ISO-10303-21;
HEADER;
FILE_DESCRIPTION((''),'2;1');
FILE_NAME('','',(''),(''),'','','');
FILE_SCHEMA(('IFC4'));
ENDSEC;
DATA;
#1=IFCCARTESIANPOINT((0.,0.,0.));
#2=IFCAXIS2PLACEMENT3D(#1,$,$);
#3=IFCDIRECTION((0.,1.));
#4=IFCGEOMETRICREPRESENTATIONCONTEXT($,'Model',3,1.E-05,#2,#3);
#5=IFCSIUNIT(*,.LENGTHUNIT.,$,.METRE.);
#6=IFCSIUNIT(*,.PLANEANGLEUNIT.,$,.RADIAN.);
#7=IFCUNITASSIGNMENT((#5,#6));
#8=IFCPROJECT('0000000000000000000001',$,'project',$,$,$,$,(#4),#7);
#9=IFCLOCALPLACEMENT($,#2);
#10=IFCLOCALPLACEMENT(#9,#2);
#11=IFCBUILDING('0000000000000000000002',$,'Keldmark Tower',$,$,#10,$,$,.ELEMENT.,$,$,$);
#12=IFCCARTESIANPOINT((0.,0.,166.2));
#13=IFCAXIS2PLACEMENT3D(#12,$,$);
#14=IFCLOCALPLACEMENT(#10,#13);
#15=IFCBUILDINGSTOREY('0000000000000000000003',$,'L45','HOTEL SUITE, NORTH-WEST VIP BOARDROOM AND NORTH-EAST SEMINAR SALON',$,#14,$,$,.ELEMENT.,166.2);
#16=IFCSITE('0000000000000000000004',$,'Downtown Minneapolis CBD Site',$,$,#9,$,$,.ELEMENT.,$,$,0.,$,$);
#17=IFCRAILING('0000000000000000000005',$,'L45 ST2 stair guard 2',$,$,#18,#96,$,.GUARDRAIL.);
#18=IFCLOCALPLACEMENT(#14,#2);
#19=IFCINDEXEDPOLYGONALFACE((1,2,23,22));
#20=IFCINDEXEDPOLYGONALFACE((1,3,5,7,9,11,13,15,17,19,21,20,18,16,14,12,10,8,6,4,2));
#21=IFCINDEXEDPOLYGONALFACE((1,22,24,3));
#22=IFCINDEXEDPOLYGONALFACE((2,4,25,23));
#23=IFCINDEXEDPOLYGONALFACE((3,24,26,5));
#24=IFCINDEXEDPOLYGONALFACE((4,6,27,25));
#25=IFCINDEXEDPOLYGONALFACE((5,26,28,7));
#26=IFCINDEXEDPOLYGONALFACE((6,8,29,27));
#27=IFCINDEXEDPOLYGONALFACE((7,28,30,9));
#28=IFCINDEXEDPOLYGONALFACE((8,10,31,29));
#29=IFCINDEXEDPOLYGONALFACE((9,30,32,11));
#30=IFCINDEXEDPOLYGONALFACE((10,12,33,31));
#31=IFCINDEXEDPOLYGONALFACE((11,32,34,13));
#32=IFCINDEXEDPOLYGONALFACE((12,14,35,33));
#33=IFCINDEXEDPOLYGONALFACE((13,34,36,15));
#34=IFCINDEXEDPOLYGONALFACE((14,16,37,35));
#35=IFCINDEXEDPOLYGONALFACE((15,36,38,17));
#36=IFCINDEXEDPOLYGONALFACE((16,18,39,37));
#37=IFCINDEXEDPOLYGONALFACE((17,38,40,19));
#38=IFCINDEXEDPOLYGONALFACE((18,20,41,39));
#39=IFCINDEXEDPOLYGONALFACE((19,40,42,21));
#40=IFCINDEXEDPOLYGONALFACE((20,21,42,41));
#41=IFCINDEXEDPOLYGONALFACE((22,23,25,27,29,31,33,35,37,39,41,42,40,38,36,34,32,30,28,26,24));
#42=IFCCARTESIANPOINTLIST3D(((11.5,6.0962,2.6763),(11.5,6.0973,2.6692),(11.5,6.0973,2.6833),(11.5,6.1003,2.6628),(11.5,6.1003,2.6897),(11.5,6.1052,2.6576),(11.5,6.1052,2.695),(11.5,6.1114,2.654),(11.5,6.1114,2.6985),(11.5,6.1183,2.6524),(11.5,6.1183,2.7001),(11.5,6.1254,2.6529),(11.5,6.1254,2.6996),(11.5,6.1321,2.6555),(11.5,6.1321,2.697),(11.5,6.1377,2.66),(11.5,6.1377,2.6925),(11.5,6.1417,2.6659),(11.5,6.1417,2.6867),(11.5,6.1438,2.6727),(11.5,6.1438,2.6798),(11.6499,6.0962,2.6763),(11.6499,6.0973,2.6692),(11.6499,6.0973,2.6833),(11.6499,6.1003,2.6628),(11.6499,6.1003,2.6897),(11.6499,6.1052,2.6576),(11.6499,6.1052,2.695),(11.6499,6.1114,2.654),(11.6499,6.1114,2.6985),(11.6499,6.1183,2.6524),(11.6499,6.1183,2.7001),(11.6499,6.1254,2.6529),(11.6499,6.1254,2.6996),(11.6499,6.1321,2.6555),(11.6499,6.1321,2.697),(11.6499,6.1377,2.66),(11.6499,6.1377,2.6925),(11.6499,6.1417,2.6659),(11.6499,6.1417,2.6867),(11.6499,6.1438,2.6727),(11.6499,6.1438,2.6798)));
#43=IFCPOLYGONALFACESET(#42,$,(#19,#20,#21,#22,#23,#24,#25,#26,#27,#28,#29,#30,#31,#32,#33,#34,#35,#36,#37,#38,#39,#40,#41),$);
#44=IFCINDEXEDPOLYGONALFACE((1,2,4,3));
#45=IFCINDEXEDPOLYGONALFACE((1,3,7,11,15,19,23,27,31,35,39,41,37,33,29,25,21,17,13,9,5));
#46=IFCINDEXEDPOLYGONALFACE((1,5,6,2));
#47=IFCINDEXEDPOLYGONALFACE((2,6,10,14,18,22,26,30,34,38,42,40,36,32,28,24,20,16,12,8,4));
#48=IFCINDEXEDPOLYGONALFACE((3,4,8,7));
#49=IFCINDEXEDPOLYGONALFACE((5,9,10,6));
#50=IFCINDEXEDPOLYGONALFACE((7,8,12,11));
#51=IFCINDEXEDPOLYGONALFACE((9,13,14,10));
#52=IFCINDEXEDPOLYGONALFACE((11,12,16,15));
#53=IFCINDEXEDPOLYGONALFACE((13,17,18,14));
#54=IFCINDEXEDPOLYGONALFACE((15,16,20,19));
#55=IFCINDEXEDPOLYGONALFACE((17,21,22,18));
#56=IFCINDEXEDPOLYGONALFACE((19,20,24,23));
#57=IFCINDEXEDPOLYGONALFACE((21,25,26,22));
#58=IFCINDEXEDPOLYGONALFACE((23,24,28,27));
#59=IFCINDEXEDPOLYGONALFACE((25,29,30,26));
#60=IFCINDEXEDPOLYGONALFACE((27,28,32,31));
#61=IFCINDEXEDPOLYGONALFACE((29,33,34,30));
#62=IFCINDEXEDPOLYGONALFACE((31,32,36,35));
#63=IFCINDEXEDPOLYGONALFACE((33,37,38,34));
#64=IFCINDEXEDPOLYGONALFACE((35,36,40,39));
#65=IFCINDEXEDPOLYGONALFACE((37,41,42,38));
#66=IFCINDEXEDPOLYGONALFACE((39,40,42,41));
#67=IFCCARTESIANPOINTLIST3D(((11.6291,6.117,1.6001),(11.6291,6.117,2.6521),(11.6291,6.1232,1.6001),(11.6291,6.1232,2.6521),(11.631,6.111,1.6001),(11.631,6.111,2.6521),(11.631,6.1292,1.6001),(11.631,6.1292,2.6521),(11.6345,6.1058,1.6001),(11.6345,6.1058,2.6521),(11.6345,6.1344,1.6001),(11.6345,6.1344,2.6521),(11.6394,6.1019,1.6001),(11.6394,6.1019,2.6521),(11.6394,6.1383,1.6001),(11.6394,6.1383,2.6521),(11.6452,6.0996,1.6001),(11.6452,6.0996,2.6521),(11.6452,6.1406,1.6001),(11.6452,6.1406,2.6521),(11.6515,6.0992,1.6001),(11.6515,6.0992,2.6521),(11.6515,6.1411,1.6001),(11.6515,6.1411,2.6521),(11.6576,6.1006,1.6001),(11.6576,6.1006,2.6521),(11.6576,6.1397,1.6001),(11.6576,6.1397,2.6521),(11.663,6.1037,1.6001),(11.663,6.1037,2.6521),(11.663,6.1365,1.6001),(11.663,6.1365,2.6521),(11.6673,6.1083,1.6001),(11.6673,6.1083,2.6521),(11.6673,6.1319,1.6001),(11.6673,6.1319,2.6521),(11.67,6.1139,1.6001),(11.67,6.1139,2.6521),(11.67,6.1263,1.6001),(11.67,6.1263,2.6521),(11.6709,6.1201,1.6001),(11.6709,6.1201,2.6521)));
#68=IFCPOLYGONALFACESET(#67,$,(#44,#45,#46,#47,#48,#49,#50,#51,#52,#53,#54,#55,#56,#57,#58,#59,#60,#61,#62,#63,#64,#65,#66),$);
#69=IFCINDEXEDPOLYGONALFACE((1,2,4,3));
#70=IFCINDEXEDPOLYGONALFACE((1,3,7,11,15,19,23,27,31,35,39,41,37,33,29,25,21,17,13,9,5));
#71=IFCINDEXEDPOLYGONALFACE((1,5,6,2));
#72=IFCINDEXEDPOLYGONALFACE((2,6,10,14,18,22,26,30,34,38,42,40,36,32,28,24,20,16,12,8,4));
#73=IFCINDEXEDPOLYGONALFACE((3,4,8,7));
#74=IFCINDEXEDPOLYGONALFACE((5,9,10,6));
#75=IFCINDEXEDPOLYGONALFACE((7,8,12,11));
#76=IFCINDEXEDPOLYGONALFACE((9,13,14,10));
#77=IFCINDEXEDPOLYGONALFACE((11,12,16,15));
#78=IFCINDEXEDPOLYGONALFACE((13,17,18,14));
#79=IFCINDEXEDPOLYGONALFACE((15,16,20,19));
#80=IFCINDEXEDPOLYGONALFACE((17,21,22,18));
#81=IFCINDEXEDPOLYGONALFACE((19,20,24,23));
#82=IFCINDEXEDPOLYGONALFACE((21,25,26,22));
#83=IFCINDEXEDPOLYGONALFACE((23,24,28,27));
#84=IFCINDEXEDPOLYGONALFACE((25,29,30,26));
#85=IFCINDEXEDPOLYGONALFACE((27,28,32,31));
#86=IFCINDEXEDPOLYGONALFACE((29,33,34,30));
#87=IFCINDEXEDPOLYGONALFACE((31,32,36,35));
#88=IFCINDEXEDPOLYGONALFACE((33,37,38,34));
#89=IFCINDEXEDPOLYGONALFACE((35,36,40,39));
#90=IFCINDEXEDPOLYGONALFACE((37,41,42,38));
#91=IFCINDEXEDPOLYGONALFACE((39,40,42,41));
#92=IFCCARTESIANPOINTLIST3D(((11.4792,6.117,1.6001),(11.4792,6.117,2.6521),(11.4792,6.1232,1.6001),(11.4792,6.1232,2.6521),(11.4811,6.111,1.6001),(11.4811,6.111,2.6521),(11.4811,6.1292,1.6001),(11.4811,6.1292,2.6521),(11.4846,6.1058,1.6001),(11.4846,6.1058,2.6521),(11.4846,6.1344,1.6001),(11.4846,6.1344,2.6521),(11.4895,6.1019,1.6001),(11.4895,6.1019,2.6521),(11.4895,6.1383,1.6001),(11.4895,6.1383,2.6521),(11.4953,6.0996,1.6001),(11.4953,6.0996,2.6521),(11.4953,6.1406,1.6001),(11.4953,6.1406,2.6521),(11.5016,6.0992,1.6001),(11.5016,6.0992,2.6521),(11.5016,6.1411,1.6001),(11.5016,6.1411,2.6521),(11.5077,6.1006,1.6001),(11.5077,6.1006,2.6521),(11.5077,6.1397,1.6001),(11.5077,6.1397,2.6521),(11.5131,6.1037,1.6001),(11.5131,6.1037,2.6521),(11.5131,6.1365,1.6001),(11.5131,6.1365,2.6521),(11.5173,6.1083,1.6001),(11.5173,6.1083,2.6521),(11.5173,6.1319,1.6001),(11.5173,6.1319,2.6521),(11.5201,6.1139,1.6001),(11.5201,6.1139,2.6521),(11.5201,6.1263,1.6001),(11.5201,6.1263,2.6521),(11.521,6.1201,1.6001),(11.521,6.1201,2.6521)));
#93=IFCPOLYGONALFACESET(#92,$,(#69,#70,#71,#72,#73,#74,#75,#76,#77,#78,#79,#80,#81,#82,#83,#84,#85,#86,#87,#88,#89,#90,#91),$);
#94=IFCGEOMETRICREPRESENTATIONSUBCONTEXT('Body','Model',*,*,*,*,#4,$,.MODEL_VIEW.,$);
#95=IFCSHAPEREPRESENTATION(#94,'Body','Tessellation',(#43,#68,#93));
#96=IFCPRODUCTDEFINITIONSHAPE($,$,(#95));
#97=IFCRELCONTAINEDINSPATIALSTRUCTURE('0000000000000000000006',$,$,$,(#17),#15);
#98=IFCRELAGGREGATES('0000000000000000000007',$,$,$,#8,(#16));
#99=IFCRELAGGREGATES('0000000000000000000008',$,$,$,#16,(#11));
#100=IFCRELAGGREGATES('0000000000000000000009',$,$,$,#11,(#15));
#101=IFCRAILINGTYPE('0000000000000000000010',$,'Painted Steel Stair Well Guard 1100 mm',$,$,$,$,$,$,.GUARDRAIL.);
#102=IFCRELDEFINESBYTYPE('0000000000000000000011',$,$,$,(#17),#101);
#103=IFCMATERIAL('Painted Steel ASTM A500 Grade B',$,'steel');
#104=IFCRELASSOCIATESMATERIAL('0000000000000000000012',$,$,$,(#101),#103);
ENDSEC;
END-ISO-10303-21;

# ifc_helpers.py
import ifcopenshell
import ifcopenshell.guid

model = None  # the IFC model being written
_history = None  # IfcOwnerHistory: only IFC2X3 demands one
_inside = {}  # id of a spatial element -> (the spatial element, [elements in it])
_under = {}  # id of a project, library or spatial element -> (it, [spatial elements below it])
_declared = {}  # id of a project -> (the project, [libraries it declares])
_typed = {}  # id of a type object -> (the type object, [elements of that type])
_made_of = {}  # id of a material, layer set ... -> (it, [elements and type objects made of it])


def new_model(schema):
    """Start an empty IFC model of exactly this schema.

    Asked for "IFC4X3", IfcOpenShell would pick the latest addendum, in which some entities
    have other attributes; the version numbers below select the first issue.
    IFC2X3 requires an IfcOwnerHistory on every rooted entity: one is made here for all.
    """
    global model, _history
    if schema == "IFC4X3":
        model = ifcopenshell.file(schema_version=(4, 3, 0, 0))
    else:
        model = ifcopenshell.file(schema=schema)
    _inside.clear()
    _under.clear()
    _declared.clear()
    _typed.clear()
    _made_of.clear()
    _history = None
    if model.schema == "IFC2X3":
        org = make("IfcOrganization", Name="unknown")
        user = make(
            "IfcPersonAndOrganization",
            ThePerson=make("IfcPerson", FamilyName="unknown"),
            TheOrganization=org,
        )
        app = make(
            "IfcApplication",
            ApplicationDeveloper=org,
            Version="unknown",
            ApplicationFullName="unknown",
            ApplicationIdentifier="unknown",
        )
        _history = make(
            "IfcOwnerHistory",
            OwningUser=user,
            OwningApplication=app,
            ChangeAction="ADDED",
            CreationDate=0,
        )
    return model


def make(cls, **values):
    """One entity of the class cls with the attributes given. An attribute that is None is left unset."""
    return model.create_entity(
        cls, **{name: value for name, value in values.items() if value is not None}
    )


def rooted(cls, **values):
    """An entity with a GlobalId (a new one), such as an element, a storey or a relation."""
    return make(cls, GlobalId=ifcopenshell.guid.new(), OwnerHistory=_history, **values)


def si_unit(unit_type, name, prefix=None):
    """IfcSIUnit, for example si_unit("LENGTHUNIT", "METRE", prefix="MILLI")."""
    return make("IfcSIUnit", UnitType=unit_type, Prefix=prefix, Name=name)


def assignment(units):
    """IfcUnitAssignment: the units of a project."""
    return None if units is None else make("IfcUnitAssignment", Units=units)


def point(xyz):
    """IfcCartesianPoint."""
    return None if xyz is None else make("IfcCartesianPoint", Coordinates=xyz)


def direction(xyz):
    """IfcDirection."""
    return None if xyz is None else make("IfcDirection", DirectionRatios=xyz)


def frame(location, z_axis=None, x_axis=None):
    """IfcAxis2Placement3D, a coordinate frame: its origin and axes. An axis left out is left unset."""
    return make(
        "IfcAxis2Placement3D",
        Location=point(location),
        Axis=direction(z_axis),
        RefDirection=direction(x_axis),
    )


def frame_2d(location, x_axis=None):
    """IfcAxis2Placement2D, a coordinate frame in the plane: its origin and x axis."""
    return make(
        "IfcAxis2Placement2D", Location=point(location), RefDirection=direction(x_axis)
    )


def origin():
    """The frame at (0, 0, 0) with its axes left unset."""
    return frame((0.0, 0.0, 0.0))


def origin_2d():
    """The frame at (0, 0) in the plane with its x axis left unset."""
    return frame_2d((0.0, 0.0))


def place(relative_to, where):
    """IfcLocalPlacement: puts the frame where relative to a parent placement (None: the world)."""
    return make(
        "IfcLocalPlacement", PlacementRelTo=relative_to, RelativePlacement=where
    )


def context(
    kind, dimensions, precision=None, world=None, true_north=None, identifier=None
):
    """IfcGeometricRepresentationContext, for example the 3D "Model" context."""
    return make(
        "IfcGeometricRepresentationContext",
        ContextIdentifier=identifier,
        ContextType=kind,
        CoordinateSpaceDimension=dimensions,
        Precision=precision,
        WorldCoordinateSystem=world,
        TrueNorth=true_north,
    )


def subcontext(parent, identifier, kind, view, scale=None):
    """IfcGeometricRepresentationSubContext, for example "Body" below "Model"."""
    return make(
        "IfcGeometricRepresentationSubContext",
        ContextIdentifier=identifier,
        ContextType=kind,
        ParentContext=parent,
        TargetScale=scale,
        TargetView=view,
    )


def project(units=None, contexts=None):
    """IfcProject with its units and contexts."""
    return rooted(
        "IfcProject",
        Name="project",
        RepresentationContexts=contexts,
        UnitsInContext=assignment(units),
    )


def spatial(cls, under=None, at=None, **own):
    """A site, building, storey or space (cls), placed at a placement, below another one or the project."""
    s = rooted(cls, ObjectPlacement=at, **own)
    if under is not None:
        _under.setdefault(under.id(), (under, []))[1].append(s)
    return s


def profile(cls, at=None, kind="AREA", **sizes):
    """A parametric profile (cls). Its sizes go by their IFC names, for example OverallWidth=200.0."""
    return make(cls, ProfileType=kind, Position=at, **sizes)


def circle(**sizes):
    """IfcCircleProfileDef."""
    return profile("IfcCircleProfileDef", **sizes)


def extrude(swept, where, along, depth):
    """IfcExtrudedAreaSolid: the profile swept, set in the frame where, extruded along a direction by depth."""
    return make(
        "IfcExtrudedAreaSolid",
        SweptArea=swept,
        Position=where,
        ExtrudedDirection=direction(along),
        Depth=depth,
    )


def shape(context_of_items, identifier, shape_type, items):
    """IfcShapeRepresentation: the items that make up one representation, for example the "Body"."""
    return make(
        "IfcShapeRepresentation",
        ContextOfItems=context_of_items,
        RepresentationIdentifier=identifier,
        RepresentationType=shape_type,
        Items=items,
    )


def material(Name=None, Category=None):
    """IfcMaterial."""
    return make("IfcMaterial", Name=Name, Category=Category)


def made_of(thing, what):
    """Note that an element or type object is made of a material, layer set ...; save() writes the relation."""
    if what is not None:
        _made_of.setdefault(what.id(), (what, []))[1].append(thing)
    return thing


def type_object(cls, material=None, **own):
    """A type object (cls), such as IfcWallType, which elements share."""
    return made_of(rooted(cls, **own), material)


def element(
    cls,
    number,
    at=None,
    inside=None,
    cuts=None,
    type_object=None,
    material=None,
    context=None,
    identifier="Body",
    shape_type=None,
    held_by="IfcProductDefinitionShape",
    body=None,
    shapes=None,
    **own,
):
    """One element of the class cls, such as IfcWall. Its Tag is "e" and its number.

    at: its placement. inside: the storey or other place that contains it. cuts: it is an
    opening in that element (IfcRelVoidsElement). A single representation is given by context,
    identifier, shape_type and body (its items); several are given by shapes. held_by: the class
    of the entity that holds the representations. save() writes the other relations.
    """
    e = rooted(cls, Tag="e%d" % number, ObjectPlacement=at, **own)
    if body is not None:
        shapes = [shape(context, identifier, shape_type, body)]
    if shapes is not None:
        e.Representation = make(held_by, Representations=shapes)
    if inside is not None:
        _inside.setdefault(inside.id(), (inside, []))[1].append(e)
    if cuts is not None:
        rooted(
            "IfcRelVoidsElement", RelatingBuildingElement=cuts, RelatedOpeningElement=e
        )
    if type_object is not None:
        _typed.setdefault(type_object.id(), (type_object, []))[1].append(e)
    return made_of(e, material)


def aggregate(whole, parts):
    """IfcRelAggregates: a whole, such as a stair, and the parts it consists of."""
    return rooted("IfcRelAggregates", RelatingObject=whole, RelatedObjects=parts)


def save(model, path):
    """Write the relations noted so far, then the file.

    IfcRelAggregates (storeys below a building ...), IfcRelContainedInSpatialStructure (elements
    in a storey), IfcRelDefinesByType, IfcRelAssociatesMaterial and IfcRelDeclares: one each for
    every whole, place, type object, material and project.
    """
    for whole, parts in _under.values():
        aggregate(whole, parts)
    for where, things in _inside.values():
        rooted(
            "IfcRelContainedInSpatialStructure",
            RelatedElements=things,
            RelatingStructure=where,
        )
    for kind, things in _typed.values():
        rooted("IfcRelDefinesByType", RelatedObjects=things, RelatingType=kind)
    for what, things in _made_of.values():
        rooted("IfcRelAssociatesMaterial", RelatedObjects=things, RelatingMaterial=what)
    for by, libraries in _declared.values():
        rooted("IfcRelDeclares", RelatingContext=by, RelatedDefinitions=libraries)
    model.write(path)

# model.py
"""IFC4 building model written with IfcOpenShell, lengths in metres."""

from ifc_helpers import new_model, si_unit, direction, frame, origin, origin_2d, place, context, subcontext, project, spatial, circle, extrude, material, type_object, element, save


model = new_model("IFC4")

# Units and contexts
model_context = context("Model", 3, precision=1e-05, world=origin(), true_north=direction((0.0, 1.0)))
body_context = subcontext(model_context, "Body", "Model", "MODEL_VIEW")
ifc_project = project(units=[si_unit("LENGTHUNIT", "METRE"), si_unit("PLANEANGLEUNIT", "RADIAN")], contexts=[model_context])

# Site, building, storey
site_placement = place(None, origin())
site = spatial("IfcSite", under=ifc_project, at=site_placement, Name="Downtown Minneapolis CBD Site", CompositionType="ELEMENT", RefElevation=0.0)
building_placement = place(site_placement, origin())
building = spatial("IfcBuilding", under=site, at=building_placement, Name="Keldmark Tower", CompositionType="ELEMENT")
storey_placement = place(building_placement, frame((0.0, 0.0, 166.2)))
storey = spatial("IfcBuildingStorey", under=building, at=storey_placement, Name="L45", Description="HOTEL SUITE, NORTH-WEST VIP BOARDROOM AND NORTH-EAST SEMINAR SALON", CompositionType="ELEMENT", Elevation=166.2)

# Railing
ifc_material_1 = material(Name="Painted Steel ASTM A500 Grade B", Category="steel")
railing_type_1 = type_object("IfcRailingType", Name="Painted Steel Stair Well Guard 1100 mm", PredefinedType="GUARDRAIL", material=ifc_material_1)
railing_1_placement = place(storey_placement, frame((11.6499, 6.1201, 1.6001)))
element("IfcRailing", 1, at=railing_1_placement, inside=storey, type_object=railing_type_1, Name="L45 ST2 stair guard 2", PredefinedType="GUARDRAIL", context=body_context, shape_type="SweptSolid", body=[
    extrude(circle(Radius=0.0239, at=origin_2d()), frame((0.0, 0.0, 1.0762), z_axis=(-1.0, 0.0, 0.0), x_axis=(0.0, -1.0, 0.0)), (0.0, 0.0, 1.0), 0.1499),
    extrude(circle(Radius=0.021, at=origin_2d()), origin(), (0.0, 0.0, 1.0), 1.052),
    extrude(circle(Radius=0.021, at=origin_2d()), frame((-0.1499, 0.0, 0.0)), (0.0, 0.0, 1.0), 1.052),
])

save(model, "model.ifc")
